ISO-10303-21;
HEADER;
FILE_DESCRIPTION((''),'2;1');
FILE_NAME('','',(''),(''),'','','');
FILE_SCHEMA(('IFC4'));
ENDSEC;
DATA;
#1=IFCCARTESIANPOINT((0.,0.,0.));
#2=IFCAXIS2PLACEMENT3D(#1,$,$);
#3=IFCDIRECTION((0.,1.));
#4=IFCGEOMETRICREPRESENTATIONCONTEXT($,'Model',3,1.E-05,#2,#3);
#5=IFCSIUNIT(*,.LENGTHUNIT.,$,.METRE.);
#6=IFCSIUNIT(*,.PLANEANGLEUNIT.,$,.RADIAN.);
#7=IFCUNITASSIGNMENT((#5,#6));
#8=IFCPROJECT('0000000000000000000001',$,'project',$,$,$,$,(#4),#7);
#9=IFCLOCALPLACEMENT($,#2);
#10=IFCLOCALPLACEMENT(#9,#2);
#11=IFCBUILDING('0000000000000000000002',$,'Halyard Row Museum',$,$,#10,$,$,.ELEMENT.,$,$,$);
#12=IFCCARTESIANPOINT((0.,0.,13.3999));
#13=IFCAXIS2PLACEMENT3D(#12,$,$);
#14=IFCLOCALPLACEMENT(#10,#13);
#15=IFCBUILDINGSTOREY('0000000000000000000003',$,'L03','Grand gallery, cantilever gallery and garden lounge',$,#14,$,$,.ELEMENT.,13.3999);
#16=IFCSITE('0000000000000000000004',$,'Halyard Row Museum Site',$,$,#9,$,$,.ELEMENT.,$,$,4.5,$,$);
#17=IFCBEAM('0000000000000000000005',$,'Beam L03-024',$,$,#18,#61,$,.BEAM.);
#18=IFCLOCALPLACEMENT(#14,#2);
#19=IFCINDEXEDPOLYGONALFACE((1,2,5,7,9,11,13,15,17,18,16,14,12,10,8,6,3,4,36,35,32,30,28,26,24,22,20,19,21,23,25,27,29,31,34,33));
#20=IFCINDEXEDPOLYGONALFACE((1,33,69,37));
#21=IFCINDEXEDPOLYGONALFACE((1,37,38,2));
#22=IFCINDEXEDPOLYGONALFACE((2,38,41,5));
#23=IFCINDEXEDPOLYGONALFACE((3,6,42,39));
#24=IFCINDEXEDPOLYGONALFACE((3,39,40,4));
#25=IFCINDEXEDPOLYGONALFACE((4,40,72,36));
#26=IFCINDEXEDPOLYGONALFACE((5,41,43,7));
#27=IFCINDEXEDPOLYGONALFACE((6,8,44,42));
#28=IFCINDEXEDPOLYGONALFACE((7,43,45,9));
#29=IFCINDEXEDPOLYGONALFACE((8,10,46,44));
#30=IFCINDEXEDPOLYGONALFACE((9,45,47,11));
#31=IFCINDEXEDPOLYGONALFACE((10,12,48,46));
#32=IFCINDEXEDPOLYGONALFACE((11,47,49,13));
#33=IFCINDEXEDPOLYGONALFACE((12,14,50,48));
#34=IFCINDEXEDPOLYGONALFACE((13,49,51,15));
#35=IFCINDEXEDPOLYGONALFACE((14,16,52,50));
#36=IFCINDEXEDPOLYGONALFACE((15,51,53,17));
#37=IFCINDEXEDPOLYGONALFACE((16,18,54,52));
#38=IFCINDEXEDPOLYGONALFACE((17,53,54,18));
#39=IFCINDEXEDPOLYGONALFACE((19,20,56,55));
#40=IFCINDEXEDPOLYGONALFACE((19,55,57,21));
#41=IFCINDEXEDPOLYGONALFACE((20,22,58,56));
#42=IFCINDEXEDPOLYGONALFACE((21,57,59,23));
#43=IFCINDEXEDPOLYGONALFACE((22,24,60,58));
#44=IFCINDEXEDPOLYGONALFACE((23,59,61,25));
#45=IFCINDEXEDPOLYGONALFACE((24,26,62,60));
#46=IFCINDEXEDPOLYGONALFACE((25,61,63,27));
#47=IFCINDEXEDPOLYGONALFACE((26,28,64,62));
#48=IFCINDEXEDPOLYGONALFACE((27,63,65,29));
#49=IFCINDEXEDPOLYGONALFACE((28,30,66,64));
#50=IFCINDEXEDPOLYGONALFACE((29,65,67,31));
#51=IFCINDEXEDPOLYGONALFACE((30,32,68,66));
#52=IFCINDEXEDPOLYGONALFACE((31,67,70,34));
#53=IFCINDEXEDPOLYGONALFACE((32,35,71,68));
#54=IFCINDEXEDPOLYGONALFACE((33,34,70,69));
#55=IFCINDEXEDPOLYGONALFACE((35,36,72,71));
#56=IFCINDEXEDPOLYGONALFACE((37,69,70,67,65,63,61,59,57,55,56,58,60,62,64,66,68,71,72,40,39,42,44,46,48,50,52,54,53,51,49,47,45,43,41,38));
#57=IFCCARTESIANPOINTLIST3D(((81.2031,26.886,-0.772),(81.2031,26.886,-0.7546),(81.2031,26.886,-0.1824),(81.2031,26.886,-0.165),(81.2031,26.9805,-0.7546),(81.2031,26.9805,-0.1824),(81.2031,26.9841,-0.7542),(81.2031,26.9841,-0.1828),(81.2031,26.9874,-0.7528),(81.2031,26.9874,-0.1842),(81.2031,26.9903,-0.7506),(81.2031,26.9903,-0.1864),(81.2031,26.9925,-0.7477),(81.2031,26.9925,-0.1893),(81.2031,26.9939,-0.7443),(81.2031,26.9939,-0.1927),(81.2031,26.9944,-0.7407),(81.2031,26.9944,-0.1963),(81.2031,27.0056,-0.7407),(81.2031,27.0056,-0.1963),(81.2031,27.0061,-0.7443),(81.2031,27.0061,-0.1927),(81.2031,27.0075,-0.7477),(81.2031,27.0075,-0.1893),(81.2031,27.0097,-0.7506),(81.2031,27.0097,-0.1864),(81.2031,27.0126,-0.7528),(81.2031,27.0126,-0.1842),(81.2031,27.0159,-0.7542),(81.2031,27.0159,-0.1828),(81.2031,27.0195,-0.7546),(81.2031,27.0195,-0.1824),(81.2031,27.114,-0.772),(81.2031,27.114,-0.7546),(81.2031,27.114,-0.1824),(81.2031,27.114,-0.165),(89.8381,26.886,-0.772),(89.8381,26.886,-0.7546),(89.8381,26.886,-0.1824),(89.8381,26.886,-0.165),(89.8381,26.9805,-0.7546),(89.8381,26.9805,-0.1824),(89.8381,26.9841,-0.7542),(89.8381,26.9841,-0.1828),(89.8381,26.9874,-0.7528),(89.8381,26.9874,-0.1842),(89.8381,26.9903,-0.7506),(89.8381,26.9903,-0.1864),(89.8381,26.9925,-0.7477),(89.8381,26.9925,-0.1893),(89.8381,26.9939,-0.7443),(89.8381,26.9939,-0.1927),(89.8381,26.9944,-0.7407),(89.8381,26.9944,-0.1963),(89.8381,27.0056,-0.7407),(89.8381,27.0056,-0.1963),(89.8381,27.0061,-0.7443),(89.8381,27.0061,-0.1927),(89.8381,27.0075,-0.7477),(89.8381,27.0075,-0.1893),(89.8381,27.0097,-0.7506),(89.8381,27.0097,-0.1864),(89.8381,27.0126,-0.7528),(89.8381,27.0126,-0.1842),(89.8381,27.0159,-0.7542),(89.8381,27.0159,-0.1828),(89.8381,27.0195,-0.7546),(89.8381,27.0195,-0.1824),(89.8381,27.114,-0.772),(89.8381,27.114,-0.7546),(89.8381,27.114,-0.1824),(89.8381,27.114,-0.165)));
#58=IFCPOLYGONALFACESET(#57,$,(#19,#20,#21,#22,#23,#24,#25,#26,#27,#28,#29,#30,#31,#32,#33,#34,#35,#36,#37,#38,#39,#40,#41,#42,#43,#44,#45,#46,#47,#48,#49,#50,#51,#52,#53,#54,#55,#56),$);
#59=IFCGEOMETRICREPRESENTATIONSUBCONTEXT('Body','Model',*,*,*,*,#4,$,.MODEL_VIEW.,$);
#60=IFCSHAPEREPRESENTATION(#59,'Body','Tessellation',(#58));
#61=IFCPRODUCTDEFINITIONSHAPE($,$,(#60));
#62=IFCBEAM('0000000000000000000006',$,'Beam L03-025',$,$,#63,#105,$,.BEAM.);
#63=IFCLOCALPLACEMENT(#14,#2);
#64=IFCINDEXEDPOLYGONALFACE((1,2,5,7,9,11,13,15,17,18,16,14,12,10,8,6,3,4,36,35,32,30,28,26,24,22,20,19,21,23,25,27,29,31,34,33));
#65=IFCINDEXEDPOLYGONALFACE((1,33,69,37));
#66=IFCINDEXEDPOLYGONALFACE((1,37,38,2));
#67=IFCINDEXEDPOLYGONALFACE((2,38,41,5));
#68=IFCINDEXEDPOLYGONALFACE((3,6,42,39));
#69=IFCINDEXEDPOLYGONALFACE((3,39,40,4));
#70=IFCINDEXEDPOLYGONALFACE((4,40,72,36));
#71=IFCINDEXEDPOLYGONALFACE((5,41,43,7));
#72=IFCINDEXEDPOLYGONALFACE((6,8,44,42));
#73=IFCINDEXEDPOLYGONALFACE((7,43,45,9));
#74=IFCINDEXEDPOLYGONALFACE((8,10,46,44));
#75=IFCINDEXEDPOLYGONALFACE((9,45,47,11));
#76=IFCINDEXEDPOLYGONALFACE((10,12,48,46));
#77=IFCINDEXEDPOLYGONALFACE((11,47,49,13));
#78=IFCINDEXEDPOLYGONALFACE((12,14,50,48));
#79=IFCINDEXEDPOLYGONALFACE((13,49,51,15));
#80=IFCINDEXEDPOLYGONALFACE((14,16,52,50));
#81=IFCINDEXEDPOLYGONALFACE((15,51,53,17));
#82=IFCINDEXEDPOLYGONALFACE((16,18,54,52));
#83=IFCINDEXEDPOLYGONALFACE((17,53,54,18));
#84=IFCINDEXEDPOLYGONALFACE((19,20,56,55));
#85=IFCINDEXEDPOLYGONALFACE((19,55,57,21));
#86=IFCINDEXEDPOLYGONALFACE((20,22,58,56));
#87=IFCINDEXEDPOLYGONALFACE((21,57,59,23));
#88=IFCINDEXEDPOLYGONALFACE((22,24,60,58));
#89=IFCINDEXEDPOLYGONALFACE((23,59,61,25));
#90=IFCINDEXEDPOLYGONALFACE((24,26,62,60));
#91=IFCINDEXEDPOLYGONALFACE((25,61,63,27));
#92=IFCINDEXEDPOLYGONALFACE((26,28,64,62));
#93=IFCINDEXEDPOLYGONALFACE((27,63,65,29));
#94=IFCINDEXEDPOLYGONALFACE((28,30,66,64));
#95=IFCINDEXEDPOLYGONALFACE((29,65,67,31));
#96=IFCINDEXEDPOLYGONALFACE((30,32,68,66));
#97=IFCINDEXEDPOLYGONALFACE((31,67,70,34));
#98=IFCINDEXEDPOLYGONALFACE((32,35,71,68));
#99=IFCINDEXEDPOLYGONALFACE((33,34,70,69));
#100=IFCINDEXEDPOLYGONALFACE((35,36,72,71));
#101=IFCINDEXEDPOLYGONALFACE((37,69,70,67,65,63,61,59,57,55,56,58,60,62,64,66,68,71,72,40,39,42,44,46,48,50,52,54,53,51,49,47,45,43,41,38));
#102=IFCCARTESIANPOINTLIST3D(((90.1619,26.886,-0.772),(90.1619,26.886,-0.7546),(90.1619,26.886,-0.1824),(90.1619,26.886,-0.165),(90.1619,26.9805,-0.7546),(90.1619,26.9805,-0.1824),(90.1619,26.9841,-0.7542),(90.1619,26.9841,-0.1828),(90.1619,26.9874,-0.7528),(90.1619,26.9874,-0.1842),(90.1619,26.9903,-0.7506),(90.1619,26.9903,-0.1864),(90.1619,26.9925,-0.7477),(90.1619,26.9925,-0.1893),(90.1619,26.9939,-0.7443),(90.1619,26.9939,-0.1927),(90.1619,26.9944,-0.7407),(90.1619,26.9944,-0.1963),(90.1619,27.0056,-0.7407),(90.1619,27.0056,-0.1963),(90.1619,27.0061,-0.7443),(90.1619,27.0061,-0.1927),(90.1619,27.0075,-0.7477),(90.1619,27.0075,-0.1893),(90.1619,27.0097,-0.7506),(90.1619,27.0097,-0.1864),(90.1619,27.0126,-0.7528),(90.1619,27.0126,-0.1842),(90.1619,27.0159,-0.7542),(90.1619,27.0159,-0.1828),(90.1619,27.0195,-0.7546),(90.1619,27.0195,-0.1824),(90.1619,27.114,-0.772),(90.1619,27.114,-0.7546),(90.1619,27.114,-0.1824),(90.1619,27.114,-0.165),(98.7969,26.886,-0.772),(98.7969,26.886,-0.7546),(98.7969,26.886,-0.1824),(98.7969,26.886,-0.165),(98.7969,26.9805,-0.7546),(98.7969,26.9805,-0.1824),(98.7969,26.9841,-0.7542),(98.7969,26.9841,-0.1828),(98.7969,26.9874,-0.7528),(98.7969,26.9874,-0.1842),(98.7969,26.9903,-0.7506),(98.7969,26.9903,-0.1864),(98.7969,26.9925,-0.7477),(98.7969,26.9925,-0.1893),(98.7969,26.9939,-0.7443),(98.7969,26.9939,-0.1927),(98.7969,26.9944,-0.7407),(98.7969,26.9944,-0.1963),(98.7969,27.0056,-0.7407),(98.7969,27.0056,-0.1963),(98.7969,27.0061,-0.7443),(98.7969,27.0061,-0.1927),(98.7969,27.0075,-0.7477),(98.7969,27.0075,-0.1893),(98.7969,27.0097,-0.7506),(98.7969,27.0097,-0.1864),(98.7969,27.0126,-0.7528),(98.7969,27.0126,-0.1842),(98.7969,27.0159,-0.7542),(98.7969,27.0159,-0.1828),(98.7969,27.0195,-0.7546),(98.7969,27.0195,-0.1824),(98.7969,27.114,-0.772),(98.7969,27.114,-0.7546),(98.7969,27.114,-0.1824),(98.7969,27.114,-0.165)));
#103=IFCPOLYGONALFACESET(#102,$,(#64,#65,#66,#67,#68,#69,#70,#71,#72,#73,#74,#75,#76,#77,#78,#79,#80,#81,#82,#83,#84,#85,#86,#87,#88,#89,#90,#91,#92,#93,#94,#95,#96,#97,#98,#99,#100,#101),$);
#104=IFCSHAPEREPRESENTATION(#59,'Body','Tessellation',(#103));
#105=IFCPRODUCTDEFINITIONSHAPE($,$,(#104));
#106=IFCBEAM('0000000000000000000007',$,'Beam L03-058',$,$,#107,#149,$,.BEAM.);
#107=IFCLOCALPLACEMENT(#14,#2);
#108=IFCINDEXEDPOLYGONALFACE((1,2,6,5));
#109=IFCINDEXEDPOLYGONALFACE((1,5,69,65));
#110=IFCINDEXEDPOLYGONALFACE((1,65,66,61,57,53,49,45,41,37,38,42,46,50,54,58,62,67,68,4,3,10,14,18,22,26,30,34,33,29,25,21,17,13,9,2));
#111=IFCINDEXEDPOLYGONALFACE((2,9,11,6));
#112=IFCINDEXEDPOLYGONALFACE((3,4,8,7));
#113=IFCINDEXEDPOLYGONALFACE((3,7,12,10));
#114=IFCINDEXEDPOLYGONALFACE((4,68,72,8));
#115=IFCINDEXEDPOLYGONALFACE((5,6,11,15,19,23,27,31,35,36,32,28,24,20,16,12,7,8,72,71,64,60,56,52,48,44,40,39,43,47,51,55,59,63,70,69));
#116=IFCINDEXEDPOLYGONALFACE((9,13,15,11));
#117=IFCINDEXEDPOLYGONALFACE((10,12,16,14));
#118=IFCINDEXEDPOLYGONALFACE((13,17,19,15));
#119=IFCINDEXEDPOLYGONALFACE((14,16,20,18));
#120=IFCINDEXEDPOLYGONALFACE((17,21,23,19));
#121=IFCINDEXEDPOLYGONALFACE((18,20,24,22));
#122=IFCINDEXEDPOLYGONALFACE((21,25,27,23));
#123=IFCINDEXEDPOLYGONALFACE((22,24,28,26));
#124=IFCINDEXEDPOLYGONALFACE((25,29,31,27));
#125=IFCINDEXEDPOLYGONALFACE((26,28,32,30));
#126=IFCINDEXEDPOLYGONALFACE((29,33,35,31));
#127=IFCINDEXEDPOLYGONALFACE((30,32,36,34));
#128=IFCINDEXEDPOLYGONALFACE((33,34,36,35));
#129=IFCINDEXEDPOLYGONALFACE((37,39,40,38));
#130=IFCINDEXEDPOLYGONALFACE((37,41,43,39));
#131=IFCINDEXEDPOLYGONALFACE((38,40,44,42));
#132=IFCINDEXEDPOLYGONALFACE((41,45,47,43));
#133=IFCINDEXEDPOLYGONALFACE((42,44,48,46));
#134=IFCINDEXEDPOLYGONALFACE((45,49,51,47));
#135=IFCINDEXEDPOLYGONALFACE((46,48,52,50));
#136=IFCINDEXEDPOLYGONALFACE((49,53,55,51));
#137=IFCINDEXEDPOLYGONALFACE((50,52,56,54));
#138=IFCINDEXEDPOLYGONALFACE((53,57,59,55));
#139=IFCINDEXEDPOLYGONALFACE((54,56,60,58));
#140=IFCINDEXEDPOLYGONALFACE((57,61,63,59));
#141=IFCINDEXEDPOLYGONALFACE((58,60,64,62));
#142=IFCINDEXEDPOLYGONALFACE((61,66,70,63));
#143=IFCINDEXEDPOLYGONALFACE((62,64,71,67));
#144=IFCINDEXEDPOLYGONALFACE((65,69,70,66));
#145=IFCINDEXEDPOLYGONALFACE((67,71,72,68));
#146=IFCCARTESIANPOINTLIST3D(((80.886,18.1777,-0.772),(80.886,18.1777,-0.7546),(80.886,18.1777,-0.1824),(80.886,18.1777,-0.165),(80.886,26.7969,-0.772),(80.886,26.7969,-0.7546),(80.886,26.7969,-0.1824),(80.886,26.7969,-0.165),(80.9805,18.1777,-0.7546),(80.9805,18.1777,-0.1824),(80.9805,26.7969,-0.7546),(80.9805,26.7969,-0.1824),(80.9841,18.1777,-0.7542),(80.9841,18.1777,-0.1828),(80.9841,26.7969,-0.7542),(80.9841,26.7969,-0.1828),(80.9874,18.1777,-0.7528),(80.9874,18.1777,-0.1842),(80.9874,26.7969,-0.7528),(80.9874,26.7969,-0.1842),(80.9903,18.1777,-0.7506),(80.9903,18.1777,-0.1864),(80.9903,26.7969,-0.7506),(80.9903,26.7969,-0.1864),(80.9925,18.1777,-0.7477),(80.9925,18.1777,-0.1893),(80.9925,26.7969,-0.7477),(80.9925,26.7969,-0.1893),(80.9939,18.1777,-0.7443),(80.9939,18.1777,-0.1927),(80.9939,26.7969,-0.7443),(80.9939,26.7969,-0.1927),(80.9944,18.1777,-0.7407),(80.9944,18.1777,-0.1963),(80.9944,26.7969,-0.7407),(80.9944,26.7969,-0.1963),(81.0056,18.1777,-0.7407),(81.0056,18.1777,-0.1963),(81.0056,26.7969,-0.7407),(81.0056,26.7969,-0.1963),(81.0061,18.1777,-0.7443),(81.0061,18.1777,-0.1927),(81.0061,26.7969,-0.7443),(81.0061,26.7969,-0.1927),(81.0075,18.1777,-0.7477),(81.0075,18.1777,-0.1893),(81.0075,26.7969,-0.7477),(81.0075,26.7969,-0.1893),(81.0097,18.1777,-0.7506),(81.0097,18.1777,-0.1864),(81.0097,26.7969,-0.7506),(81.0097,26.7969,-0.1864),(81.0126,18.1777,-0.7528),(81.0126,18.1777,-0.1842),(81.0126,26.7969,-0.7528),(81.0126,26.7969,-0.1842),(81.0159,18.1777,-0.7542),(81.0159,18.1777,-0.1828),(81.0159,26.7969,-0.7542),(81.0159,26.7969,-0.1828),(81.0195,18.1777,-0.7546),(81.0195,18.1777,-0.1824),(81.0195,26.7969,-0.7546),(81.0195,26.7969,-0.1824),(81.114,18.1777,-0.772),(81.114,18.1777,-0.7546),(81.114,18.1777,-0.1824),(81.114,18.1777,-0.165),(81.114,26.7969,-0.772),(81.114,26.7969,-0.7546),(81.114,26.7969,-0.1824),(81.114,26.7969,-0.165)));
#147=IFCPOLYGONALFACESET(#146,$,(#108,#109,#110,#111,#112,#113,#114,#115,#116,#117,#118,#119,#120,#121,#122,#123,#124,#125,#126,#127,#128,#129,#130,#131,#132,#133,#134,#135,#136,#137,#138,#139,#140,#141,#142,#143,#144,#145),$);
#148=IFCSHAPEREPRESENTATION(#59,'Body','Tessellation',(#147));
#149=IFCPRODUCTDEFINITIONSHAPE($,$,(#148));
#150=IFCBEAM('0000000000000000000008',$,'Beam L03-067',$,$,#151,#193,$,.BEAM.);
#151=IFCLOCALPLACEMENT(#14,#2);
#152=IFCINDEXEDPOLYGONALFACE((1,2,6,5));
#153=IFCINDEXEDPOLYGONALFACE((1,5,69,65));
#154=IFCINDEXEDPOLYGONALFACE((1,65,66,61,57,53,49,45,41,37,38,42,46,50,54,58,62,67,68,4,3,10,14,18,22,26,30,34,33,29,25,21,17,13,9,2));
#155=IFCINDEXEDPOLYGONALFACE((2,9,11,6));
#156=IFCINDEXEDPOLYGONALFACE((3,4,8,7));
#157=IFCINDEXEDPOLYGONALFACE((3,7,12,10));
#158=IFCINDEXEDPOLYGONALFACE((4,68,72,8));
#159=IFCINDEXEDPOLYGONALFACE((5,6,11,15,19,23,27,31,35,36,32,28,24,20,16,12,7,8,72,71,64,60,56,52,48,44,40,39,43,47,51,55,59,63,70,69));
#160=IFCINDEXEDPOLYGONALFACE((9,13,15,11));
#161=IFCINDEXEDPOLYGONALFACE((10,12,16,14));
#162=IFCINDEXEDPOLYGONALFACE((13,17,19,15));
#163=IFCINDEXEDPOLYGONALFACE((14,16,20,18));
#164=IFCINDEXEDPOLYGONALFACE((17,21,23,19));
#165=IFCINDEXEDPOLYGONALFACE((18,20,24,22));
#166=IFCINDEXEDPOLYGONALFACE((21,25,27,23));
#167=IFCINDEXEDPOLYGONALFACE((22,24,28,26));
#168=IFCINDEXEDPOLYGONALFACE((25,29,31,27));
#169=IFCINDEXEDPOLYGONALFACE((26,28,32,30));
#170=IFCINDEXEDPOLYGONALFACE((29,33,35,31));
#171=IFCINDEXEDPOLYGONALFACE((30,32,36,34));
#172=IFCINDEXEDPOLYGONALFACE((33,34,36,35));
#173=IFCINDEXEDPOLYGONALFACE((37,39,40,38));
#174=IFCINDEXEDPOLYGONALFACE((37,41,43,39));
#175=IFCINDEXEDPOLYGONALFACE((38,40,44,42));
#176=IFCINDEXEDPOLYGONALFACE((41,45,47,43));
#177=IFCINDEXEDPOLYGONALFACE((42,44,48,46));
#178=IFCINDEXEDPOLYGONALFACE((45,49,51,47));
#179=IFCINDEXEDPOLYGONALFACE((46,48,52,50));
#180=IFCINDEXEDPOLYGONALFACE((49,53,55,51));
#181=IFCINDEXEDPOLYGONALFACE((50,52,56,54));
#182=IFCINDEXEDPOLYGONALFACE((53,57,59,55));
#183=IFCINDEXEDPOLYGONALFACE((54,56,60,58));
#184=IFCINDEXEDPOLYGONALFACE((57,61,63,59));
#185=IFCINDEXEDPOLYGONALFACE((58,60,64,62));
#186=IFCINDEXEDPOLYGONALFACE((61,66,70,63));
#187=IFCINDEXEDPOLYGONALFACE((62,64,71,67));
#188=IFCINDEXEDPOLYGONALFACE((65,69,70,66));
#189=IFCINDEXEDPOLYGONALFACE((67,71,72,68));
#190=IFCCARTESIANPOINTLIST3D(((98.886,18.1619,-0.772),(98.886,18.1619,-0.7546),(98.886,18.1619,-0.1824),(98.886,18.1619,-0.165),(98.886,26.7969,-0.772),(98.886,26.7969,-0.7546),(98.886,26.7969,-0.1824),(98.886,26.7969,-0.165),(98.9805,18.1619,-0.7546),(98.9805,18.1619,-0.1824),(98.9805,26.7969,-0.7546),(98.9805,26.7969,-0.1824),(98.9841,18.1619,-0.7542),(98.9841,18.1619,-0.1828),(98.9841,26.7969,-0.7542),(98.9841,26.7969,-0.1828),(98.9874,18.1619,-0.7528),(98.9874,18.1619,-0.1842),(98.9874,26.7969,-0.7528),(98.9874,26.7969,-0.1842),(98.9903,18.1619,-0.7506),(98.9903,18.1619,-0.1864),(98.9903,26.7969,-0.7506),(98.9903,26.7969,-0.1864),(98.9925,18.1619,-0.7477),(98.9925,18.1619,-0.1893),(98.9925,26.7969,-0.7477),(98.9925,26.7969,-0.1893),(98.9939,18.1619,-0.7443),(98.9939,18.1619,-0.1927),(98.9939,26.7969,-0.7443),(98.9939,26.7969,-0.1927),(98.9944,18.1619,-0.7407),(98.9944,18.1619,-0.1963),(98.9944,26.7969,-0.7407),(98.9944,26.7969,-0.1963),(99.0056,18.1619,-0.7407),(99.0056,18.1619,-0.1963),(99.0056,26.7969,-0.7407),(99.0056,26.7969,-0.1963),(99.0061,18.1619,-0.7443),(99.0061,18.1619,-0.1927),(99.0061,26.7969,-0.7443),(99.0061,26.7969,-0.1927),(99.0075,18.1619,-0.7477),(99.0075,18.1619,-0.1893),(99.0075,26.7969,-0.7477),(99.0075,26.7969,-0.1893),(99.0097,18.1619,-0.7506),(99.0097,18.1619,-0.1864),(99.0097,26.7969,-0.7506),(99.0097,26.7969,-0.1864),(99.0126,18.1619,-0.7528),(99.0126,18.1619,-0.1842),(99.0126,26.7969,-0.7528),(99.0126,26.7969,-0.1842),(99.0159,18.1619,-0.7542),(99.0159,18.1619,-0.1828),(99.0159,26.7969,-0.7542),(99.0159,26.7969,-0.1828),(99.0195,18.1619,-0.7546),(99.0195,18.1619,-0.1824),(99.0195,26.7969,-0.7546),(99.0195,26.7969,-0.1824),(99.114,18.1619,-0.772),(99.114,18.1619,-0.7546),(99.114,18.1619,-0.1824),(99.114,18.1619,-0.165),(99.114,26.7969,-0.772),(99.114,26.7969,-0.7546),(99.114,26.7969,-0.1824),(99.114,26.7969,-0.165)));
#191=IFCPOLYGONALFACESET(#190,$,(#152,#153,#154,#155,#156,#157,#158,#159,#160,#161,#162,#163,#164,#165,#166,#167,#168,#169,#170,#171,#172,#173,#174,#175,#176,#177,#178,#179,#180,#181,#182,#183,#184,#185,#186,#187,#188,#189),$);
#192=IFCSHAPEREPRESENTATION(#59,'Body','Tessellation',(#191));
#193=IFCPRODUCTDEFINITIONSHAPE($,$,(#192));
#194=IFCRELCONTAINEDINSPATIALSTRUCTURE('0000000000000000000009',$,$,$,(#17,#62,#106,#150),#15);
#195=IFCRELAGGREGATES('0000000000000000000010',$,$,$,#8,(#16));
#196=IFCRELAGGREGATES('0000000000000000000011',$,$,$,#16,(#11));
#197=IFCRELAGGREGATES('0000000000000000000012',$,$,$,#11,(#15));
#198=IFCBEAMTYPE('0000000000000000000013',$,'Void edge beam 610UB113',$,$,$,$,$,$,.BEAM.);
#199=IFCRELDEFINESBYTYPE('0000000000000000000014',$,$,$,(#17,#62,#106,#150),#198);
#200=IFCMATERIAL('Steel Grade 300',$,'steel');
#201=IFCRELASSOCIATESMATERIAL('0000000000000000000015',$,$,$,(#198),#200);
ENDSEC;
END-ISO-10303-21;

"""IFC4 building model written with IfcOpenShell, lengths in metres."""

from ifc_helpers import new_model, si_unit, direction, frame, origin, origin_2d, place, context, subcontext, project, spatial, i_section, extrude, material, material_profile, profile_set, type_object, element, save


model = new_model("IFC4")

# Units and contexts
model_context = context("Model", 3, precision=1e-05, world=origin(), true_north=direction((0.0, 1.0)))
body_context = subcontext(model_context, "Body", "Model", "MODEL_VIEW")
ifc_project = project(units=[si_unit("LENGTHUNIT", "METRE"), si_unit("PLANEANGLEUNIT", "RADIAN")], contexts=[model_context])

# Site, building, storey
site_placement = place(None, origin())
site = spatial("IfcSite", under=ifc_project, at=site_placement, Name="Halyard Row Museum Site", CompositionType="ELEMENT", RefElevation=4.5)
building_placement = place(site_placement, origin())
building = spatial("IfcBuilding", under=site, at=building_placement, Name="Halyard Row Museum", CompositionType="ELEMENT")
storey_placement = place(building_placement, frame((0.0, 0.0, 13.3999)))
storey = spatial("IfcBuildingStorey", under=building, at=storey_placement, Name="L03", Description="Grand gallery, cantilever gallery and garden lounge", CompositionType="ELEMENT", Elevation=13.3999)

# Beams
ifc_material_1 = material(Name="Steel Grade 300", Category="steel")
ifc_material_profile_1 = material_profile(ifc_material_1, i_section(OverallWidth=0.228, OverallDepth=0.6069, WebThickness=0.0112, FlangeThickness=0.0173, FilletRadius=0.0139, at=origin_2d()), Name="610UB113")
ifc_profile_set_1 = profile_set([ifc_material_profile_1], Name="Steel Grade 300")
beam_type = type_object("IfcBeamType", Name="Void edge beam 610UB113", PredefinedType="BEAM", material=ifc_profile_set_1)
for number, where, z_axis, x_axis, name in (
    (1, (81.2031, 27.0, -0.4685), (1.0, 0.0, 0.0), (0.0, 1.0, 0.0), "Beam L03-024"),
    (2, (90.1619, 27.0, -0.4685), (1.0, 0.0, 0.0), (0.0, 1.0, 0.0), "Beam L03-025"),
):
    element("IfcBeam", number, at=place(storey_placement, frame(where, z_axis=z_axis, x_axis=x_axis)), inside=storey, type_object=beam_type, Name=name, PredefinedType="BEAM", context=body_context, shape_type="SweptSolid", body=[
        extrude(i_section(OverallWidth=0.228, OverallDepth=0.6069, WebThickness=0.0112, FlangeThickness=0.0173, FilletRadius=0.0139, at=origin_2d()), origin(), (0.0, 0.0, 1.0), 8.635),
    ])
beam_1_placement = place(storey_placement, frame((81.0, 18.1777, -0.4685), z_axis=(0.0, 1.0, 0.0), x_axis=(-1.0, 0.0, 0.0)))
element("IfcBeam", 3, at=beam_1_placement, inside=storey, type_object=beam_type, Name="Beam L03-058", PredefinedType="BEAM", context=body_context, shape_type="SweptSolid", body=[
    extrude(i_section(OverallWidth=0.228, OverallDepth=0.6069, WebThickness=0.0112, FlangeThickness=0.0173, FilletRadius=0.0139, at=origin_2d()), origin(), (0.0, 0.0, 1.0), 8.6191),
])
beam_2_placement = place(storey_placement, frame((99.0, 18.1619, -0.4685), z_axis=(0.0, 1.0, 0.0), x_axis=(-1.0, 0.0, 0.0)))
element("IfcBeam", 4, at=beam_2_placement, inside=storey, type_object=beam_type, Name="Beam L03-067", PredefinedType="BEAM", context=body_context, shape_type="SweptSolid", body=[
    extrude(i_section(OverallWidth=0.228, OverallDepth=0.6069, WebThickness=0.0112, FlangeThickness=0.0173, FilletRadius=0.0139, at=origin_2d()), origin(), (0.0, 0.0, 1.0), 8.635),
])

save(model, "model.ifc")
